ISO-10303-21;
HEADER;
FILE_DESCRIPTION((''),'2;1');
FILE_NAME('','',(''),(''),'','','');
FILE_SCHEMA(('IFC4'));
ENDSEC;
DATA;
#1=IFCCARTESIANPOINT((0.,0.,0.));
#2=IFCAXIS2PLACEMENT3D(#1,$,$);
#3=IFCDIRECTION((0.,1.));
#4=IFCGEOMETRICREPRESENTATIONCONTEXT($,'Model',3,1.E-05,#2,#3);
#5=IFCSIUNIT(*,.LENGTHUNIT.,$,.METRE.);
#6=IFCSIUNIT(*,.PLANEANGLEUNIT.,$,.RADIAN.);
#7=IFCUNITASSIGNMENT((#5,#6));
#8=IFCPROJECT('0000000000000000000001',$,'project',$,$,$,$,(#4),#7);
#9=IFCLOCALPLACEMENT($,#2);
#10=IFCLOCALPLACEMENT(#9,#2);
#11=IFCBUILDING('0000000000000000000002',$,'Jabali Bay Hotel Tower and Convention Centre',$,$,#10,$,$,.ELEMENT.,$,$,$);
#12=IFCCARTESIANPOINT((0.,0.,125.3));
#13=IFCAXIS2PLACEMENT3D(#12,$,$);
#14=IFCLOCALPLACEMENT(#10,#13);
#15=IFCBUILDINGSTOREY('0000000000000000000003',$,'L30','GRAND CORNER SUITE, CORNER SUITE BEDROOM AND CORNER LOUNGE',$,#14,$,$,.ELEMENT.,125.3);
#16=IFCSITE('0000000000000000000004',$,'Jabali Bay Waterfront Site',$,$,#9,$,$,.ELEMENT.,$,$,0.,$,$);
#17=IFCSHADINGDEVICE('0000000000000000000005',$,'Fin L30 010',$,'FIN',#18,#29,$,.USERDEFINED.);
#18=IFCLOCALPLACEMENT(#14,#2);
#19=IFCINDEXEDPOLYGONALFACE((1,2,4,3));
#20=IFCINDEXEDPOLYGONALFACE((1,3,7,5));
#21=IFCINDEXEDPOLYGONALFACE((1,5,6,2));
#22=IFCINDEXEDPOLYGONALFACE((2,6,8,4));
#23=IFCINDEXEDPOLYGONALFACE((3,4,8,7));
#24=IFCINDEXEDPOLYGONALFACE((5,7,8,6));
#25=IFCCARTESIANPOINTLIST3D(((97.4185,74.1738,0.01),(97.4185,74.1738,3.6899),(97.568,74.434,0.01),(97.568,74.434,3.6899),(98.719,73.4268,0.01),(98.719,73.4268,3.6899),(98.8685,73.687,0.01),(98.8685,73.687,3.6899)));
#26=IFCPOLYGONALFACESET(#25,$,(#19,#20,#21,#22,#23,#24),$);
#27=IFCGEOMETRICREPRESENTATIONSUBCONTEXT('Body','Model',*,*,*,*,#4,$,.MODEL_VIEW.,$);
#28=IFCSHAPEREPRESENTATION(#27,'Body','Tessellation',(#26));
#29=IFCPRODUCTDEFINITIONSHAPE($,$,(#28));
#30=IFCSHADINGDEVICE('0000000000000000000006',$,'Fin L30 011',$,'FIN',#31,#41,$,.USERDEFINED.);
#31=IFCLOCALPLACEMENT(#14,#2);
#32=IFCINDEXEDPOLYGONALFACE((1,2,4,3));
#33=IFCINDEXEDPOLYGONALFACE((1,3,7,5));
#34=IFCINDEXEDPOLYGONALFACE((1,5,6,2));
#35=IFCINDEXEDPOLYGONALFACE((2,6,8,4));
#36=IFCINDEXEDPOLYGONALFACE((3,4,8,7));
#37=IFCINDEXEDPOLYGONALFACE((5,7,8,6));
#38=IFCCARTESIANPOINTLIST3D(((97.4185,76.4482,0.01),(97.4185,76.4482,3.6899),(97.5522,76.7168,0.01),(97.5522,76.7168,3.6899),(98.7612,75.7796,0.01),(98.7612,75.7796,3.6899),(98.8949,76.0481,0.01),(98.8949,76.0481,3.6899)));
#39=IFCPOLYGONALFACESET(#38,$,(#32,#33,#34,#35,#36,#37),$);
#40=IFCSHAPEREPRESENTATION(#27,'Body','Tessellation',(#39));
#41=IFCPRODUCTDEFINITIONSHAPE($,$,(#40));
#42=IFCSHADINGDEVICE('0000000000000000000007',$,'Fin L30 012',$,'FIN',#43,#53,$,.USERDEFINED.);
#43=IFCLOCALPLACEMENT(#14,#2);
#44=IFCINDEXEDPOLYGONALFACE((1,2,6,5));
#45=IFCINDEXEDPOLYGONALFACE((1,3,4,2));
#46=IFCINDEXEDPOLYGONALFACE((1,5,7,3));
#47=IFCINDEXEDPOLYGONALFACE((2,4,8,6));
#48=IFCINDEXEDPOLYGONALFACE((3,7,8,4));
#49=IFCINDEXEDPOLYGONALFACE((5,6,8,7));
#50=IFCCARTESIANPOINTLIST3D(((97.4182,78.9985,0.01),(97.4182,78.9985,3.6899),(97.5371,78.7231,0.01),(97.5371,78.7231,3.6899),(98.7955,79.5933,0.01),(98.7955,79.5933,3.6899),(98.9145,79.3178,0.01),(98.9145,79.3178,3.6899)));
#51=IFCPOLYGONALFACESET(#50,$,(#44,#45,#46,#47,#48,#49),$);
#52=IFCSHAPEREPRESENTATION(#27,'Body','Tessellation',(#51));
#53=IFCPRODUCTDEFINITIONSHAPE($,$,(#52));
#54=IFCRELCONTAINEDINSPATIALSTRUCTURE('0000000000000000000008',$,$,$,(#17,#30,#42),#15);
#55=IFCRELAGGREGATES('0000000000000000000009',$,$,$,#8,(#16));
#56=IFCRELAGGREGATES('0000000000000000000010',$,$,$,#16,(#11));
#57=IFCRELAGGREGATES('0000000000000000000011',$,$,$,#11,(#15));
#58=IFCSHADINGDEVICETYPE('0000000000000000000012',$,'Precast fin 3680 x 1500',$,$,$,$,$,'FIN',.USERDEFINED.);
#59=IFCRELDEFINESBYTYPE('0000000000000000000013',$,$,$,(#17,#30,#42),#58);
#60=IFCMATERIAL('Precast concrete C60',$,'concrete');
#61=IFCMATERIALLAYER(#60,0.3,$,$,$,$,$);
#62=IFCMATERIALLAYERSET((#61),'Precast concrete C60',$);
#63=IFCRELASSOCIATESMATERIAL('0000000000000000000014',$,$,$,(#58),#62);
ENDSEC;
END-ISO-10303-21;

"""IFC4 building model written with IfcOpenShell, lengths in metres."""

from ifc_helpers import new_model, si_unit, direction, frame, frame_2d, origin, place, context, subcontext, project, spatial, rectangle, extrude, material, layer, layer_set, type_object, element, save


model = new_model("IFC4")

# Units and contexts
model_context = context("Model", 3, precision=1e-05, world=origin(), true_north=direction((0.0, 1.0)))
body_context = subcontext(model_context, "Body", "Model", "MODEL_VIEW")
ifc_project = project(units=[si_unit("LENGTHUNIT", "METRE"), si_unit("PLANEANGLEUNIT", "RADIAN")], contexts=[model_context])

# Site, building, storey
site_placement = place(None, origin())
site = spatial("IfcSite", under=ifc_project, at=site_placement, Name="Jabali Bay Waterfront Site", CompositionType="ELEMENT", RefElevation=0.0)
building_placement = place(site_placement, origin())
building = spatial("IfcBuilding", under=site, at=building_placement, Name="Jabali Bay Hotel Tower and Convention Centre", CompositionType="ELEMENT")
storey_placement = place(building_placement, frame((0.0, 0.0, 125.3)))
storey = spatial("IfcBuildingStorey", under=building, at=storey_placement, Name="L30", Description="GRAND CORNER SUITE, CORNER SUITE BEDROOM AND CORNER LOUNGE", CompositionType="ELEMENT", Elevation=125.3)

# Shading devices
ifc_material_1 = material(Name="Precast concrete C60", Category="concrete")
ifc_layer_1 = layer(ifc_material_1, 0.3)
ifc_layer_set_1 = layer_set([ifc_layer_1], Name="Precast concrete C60")
shading_device_type = type_object("IfcShadingDeviceType", Name="Precast fin 3680 x 1500", ElementType="FIN", PredefinedType="USERDEFINED", material=ifc_layer_set_1)
for number, where, z_axis, x_axis, name in (
    (1, (97.4932, 74.304, 0.01), (0.0, 0.0, 1.0), (0.867119, -0.498101, 0.0), "Fin L30 010"),
):
    element("IfcShadingDevice", number, at=place(storey_placement, frame(where, z_axis=z_axis, x_axis=x_axis)), inside=storey, type_object=shading_device_type, Name=name, ObjectType="FIN", PredefinedType="USERDEFINED", context=body_context, shape_type="SweptSolid", body=[
        extrude(rectangle(XDim=1.4998, YDim=0.3, at=frame_2d((0.75, 0.0))), origin(), (0.0, 0.0, 1.0), 3.6799),
    ])
shading_device_1_placement = place(storey_placement, frame((97.4854, 76.5825, 0.01), z_axis=(0.0, 0.0, 1.0), x_axis=(0.895142, -0.445781, 0.0)))
element("IfcShadingDevice", 2, at=shading_device_1_placement, inside=storey, type_object=shading_device_type, Name="Fin L30 011", ObjectType="FIN", PredefinedType="USERDEFINED", context=body_context, shape_type="SweptSolid", body=[
    extrude(rectangle(XDim=1.5, YDim=0.3, at=frame_2d((0.75, 0.0))), origin(), (0.0, 0.0, 1.0), 3.6799),
])
shading_device_2_placement = place(storey_placement, frame((97.4778, 78.8608, 0.01), z_axis=(0.0, 0.0, 1.0), x_axis=(0.918056, 0.396452, 0.0)))
element("IfcShadingDevice", 3, at=shading_device_2_placement, inside=storey, type_object=shading_device_type, Name="Fin L30 012", ObjectType="FIN", PredefinedType="USERDEFINED", context=body_context, shape_type="SweptSolid", body=[
    extrude(rectangle(XDim=1.5002, YDim=0.3, at=frame_2d((0.75, 0.0))), origin(), (0.0, 0.0, 1.0), 3.6799),
])

save(model, "model.ifc")
